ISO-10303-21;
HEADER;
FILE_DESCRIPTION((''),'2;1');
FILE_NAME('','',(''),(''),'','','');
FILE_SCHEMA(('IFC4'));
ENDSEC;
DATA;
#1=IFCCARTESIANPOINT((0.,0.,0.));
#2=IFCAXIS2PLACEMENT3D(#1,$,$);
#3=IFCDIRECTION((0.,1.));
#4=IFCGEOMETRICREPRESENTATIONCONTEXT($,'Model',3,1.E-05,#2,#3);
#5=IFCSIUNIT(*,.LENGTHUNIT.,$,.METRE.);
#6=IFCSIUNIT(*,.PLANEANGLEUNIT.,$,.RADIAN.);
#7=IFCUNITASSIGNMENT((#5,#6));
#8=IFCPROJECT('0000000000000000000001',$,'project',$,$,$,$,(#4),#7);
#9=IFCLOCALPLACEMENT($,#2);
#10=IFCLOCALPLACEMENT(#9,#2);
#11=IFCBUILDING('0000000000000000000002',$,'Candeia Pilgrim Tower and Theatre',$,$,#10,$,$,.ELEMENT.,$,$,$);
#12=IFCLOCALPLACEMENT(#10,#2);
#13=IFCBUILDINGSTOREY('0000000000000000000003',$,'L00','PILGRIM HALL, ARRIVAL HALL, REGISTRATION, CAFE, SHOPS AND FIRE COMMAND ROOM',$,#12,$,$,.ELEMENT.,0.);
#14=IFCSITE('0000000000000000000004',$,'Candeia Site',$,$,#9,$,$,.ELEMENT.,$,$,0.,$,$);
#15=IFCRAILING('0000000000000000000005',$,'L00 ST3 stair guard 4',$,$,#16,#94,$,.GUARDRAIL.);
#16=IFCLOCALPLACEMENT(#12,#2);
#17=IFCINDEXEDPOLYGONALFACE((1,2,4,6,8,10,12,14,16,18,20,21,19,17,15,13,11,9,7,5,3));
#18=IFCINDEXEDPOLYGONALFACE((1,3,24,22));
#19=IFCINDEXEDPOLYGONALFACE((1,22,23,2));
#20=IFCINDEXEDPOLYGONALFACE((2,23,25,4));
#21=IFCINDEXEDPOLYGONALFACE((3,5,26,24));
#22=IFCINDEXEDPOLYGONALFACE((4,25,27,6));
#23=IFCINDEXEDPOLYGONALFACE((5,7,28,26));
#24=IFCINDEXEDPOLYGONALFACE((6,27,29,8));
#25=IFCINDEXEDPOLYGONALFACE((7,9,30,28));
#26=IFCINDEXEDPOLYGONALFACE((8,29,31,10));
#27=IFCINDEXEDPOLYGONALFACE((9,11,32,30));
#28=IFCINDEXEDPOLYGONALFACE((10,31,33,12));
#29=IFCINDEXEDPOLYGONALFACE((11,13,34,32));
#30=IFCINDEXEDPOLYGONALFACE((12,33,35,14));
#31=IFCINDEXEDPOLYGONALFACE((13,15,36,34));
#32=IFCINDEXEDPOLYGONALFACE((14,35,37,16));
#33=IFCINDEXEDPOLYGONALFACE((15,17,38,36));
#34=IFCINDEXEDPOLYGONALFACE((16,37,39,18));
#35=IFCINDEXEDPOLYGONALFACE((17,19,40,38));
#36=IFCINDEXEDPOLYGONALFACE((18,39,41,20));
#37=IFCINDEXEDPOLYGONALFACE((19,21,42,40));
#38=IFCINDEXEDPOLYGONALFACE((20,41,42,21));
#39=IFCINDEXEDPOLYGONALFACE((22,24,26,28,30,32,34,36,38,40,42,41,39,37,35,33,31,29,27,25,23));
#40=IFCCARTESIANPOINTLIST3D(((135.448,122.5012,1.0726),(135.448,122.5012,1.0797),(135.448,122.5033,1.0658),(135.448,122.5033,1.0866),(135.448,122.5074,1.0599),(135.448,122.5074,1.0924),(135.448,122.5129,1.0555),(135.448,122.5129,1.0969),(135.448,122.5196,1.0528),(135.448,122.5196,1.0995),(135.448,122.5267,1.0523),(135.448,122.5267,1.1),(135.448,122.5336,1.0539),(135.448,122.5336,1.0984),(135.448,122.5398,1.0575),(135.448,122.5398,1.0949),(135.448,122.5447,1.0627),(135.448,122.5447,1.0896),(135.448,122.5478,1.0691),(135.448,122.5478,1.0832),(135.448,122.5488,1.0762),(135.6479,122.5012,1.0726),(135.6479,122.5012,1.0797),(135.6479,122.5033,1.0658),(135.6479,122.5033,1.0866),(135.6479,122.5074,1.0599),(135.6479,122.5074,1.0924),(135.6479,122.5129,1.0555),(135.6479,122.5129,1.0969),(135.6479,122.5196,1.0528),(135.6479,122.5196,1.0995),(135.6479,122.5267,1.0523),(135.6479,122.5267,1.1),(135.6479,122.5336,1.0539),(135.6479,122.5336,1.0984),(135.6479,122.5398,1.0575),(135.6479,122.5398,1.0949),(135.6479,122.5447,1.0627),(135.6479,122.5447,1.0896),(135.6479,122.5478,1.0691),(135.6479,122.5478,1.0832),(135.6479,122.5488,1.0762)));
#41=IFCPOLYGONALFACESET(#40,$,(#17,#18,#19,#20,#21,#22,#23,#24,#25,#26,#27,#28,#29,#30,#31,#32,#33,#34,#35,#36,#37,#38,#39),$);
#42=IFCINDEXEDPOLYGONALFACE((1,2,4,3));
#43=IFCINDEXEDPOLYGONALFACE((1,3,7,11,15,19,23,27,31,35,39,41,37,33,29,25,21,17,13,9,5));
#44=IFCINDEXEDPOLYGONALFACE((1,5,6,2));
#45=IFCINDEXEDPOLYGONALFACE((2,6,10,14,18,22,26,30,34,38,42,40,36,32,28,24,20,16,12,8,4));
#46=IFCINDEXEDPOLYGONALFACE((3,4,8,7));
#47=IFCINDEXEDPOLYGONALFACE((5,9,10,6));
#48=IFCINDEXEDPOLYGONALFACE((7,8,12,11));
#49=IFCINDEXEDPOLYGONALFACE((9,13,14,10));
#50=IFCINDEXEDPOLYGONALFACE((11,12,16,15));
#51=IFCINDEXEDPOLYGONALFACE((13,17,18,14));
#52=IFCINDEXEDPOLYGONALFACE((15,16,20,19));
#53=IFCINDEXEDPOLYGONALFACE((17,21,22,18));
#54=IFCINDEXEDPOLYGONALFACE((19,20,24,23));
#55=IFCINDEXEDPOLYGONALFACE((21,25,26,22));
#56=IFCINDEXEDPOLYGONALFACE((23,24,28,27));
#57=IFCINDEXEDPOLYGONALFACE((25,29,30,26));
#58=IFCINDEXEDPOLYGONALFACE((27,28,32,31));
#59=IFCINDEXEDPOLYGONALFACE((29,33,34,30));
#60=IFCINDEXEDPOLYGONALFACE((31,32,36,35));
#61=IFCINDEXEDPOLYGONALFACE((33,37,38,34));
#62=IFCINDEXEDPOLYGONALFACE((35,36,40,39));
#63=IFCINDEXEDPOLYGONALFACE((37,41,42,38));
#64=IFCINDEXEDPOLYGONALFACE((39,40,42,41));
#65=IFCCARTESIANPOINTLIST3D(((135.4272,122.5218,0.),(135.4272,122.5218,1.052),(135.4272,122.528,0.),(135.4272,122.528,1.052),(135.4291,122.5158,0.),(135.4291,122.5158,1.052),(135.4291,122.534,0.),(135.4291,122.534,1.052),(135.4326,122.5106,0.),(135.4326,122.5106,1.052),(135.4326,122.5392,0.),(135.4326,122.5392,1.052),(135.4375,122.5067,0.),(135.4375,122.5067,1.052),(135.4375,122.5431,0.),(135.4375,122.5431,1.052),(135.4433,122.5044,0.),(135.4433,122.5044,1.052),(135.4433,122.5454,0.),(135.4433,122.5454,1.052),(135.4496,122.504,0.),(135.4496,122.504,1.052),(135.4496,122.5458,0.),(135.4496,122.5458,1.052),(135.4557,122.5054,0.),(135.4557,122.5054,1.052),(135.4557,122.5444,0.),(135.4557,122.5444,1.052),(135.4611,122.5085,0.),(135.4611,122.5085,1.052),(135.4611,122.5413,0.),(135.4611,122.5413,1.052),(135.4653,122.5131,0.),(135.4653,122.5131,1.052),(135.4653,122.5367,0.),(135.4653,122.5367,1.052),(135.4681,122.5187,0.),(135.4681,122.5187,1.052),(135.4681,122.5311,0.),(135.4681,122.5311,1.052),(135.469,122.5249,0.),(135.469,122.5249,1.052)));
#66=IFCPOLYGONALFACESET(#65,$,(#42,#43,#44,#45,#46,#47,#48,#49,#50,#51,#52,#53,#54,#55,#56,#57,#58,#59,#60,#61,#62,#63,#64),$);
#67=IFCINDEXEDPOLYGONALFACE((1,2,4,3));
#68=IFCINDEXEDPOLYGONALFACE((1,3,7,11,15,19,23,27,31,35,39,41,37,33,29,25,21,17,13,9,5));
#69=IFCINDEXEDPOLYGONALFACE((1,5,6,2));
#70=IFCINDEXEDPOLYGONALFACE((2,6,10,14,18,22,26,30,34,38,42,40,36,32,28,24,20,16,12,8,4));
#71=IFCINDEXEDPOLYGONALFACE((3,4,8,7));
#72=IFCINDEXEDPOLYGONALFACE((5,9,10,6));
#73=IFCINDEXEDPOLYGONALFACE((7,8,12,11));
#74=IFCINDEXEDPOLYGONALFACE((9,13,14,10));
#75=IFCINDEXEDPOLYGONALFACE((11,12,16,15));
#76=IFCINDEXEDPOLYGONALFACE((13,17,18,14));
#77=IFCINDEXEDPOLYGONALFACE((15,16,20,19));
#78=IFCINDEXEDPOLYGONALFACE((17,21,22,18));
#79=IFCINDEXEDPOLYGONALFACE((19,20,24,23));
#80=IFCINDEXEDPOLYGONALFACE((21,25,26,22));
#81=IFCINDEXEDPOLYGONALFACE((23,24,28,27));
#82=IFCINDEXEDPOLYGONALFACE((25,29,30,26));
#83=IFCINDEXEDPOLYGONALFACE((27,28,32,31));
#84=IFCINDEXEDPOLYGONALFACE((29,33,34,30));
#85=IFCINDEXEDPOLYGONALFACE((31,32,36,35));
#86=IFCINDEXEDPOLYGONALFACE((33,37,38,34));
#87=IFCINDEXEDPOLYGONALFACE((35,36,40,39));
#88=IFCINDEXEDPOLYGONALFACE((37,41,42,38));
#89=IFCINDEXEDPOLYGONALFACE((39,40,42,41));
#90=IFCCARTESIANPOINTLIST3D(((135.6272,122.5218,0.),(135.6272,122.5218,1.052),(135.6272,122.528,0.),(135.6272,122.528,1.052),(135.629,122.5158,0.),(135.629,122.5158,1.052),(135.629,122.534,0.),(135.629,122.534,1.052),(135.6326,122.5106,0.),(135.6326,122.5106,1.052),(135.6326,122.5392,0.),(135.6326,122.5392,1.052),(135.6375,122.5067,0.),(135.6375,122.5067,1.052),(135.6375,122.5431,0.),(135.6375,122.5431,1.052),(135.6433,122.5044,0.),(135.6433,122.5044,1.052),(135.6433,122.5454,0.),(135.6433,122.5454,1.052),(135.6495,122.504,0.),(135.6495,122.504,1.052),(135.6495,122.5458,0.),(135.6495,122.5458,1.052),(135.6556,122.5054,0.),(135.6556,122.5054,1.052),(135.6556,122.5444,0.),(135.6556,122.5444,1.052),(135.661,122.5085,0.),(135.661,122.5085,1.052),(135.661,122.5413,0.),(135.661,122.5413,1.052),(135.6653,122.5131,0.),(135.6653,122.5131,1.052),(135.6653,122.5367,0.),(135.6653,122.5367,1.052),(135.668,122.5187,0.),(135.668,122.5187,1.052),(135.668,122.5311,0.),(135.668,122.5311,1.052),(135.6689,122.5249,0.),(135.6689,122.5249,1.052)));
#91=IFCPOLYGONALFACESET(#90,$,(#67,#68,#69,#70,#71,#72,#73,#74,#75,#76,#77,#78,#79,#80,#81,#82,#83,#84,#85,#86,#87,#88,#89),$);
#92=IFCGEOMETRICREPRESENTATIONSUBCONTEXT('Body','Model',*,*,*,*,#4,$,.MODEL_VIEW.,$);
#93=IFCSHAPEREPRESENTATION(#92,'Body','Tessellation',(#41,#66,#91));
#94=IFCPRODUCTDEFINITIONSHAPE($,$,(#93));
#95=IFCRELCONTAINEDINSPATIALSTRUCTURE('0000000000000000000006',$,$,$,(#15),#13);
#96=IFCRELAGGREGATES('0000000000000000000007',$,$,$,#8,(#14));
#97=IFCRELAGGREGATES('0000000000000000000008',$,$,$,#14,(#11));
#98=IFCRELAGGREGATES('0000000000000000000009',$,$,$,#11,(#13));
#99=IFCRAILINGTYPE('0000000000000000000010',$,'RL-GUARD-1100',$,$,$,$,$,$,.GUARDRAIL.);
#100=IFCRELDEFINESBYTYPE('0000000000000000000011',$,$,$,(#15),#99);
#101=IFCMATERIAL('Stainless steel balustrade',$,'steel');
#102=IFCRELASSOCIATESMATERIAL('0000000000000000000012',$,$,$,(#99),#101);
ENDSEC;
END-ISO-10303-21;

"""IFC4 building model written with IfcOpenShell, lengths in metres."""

from ifc_helpers import new_model, si_unit, direction, frame, origin, origin_2d, place, context, subcontext, project, spatial, circle, extrude, material, type_object, element, save


model = new_model("IFC4")

# Units and contexts
model_context = context("Model", 3, precision=1e-05, world=origin(), true_north=direction((0.0, 1.0)))
body_context = subcontext(model_context, "Body", "Model", "MODEL_VIEW")
ifc_project = project(units=[si_unit("LENGTHUNIT", "METRE"), si_unit("PLANEANGLEUNIT", "RADIAN")], contexts=[model_context])

# Site, building, storey
site_placement = place(None, origin())
site = spatial("IfcSite", under=ifc_project, at=site_placement, Name="Candeia Site", CompositionType="ELEMENT", RefElevation=0.0)
building_placement = place(site_placement, origin())
building = spatial("IfcBuilding", under=site, at=building_placement, Name="Candeia Pilgrim Tower and Theatre", CompositionType="ELEMENT")
storey_placement = place(building_placement, origin())
storey = spatial("IfcBuildingStorey", under=building, at=storey_placement, Name="L00", Description="PILGRIM HALL, ARRIVAL HALL, REGISTRATION, CAFE, SHOPS AND FIRE COMMAND ROOM", CompositionType="ELEMENT", Elevation=0.0)

# Railing
ifc_material_1 = material(Name="Stainless steel balustrade", Category="steel")
railing_type_1 = type_object("IfcRailingType", Name="RL-GUARD-1100", PredefinedType="GUARDRAIL", material=ifc_material_1)
railing_1_placement = place(storey_placement, frame((135.448, 122.5249, 0.0)))
element("IfcRailing", 1, at=railing_1_placement, inside=storey, type_object=railing_type_1, Name="L00 ST3 stair guard 4", PredefinedType="GUARDRAIL", context=body_context, shape_type="SweptSolid", body=[
    extrude(circle(Radius=0.0239, at=origin_2d()), frame((0.0, 0.0, 1.0762), z_axis=(1.0, 0.0, 0.0), x_axis=(0.0, 1.0, 0.0)), (0.0, 0.0, 1.0), 0.2),
    extrude(circle(Radius=0.021, at=origin_2d()), origin(), (0.0, 0.0, 1.0), 1.052),
    extrude(circle(Radius=0.021, at=origin_2d()), frame((0.2, 0.0, 0.0)), (0.0, 0.0, 1.0), 1.052),
])

save(model, "model.ifc")
